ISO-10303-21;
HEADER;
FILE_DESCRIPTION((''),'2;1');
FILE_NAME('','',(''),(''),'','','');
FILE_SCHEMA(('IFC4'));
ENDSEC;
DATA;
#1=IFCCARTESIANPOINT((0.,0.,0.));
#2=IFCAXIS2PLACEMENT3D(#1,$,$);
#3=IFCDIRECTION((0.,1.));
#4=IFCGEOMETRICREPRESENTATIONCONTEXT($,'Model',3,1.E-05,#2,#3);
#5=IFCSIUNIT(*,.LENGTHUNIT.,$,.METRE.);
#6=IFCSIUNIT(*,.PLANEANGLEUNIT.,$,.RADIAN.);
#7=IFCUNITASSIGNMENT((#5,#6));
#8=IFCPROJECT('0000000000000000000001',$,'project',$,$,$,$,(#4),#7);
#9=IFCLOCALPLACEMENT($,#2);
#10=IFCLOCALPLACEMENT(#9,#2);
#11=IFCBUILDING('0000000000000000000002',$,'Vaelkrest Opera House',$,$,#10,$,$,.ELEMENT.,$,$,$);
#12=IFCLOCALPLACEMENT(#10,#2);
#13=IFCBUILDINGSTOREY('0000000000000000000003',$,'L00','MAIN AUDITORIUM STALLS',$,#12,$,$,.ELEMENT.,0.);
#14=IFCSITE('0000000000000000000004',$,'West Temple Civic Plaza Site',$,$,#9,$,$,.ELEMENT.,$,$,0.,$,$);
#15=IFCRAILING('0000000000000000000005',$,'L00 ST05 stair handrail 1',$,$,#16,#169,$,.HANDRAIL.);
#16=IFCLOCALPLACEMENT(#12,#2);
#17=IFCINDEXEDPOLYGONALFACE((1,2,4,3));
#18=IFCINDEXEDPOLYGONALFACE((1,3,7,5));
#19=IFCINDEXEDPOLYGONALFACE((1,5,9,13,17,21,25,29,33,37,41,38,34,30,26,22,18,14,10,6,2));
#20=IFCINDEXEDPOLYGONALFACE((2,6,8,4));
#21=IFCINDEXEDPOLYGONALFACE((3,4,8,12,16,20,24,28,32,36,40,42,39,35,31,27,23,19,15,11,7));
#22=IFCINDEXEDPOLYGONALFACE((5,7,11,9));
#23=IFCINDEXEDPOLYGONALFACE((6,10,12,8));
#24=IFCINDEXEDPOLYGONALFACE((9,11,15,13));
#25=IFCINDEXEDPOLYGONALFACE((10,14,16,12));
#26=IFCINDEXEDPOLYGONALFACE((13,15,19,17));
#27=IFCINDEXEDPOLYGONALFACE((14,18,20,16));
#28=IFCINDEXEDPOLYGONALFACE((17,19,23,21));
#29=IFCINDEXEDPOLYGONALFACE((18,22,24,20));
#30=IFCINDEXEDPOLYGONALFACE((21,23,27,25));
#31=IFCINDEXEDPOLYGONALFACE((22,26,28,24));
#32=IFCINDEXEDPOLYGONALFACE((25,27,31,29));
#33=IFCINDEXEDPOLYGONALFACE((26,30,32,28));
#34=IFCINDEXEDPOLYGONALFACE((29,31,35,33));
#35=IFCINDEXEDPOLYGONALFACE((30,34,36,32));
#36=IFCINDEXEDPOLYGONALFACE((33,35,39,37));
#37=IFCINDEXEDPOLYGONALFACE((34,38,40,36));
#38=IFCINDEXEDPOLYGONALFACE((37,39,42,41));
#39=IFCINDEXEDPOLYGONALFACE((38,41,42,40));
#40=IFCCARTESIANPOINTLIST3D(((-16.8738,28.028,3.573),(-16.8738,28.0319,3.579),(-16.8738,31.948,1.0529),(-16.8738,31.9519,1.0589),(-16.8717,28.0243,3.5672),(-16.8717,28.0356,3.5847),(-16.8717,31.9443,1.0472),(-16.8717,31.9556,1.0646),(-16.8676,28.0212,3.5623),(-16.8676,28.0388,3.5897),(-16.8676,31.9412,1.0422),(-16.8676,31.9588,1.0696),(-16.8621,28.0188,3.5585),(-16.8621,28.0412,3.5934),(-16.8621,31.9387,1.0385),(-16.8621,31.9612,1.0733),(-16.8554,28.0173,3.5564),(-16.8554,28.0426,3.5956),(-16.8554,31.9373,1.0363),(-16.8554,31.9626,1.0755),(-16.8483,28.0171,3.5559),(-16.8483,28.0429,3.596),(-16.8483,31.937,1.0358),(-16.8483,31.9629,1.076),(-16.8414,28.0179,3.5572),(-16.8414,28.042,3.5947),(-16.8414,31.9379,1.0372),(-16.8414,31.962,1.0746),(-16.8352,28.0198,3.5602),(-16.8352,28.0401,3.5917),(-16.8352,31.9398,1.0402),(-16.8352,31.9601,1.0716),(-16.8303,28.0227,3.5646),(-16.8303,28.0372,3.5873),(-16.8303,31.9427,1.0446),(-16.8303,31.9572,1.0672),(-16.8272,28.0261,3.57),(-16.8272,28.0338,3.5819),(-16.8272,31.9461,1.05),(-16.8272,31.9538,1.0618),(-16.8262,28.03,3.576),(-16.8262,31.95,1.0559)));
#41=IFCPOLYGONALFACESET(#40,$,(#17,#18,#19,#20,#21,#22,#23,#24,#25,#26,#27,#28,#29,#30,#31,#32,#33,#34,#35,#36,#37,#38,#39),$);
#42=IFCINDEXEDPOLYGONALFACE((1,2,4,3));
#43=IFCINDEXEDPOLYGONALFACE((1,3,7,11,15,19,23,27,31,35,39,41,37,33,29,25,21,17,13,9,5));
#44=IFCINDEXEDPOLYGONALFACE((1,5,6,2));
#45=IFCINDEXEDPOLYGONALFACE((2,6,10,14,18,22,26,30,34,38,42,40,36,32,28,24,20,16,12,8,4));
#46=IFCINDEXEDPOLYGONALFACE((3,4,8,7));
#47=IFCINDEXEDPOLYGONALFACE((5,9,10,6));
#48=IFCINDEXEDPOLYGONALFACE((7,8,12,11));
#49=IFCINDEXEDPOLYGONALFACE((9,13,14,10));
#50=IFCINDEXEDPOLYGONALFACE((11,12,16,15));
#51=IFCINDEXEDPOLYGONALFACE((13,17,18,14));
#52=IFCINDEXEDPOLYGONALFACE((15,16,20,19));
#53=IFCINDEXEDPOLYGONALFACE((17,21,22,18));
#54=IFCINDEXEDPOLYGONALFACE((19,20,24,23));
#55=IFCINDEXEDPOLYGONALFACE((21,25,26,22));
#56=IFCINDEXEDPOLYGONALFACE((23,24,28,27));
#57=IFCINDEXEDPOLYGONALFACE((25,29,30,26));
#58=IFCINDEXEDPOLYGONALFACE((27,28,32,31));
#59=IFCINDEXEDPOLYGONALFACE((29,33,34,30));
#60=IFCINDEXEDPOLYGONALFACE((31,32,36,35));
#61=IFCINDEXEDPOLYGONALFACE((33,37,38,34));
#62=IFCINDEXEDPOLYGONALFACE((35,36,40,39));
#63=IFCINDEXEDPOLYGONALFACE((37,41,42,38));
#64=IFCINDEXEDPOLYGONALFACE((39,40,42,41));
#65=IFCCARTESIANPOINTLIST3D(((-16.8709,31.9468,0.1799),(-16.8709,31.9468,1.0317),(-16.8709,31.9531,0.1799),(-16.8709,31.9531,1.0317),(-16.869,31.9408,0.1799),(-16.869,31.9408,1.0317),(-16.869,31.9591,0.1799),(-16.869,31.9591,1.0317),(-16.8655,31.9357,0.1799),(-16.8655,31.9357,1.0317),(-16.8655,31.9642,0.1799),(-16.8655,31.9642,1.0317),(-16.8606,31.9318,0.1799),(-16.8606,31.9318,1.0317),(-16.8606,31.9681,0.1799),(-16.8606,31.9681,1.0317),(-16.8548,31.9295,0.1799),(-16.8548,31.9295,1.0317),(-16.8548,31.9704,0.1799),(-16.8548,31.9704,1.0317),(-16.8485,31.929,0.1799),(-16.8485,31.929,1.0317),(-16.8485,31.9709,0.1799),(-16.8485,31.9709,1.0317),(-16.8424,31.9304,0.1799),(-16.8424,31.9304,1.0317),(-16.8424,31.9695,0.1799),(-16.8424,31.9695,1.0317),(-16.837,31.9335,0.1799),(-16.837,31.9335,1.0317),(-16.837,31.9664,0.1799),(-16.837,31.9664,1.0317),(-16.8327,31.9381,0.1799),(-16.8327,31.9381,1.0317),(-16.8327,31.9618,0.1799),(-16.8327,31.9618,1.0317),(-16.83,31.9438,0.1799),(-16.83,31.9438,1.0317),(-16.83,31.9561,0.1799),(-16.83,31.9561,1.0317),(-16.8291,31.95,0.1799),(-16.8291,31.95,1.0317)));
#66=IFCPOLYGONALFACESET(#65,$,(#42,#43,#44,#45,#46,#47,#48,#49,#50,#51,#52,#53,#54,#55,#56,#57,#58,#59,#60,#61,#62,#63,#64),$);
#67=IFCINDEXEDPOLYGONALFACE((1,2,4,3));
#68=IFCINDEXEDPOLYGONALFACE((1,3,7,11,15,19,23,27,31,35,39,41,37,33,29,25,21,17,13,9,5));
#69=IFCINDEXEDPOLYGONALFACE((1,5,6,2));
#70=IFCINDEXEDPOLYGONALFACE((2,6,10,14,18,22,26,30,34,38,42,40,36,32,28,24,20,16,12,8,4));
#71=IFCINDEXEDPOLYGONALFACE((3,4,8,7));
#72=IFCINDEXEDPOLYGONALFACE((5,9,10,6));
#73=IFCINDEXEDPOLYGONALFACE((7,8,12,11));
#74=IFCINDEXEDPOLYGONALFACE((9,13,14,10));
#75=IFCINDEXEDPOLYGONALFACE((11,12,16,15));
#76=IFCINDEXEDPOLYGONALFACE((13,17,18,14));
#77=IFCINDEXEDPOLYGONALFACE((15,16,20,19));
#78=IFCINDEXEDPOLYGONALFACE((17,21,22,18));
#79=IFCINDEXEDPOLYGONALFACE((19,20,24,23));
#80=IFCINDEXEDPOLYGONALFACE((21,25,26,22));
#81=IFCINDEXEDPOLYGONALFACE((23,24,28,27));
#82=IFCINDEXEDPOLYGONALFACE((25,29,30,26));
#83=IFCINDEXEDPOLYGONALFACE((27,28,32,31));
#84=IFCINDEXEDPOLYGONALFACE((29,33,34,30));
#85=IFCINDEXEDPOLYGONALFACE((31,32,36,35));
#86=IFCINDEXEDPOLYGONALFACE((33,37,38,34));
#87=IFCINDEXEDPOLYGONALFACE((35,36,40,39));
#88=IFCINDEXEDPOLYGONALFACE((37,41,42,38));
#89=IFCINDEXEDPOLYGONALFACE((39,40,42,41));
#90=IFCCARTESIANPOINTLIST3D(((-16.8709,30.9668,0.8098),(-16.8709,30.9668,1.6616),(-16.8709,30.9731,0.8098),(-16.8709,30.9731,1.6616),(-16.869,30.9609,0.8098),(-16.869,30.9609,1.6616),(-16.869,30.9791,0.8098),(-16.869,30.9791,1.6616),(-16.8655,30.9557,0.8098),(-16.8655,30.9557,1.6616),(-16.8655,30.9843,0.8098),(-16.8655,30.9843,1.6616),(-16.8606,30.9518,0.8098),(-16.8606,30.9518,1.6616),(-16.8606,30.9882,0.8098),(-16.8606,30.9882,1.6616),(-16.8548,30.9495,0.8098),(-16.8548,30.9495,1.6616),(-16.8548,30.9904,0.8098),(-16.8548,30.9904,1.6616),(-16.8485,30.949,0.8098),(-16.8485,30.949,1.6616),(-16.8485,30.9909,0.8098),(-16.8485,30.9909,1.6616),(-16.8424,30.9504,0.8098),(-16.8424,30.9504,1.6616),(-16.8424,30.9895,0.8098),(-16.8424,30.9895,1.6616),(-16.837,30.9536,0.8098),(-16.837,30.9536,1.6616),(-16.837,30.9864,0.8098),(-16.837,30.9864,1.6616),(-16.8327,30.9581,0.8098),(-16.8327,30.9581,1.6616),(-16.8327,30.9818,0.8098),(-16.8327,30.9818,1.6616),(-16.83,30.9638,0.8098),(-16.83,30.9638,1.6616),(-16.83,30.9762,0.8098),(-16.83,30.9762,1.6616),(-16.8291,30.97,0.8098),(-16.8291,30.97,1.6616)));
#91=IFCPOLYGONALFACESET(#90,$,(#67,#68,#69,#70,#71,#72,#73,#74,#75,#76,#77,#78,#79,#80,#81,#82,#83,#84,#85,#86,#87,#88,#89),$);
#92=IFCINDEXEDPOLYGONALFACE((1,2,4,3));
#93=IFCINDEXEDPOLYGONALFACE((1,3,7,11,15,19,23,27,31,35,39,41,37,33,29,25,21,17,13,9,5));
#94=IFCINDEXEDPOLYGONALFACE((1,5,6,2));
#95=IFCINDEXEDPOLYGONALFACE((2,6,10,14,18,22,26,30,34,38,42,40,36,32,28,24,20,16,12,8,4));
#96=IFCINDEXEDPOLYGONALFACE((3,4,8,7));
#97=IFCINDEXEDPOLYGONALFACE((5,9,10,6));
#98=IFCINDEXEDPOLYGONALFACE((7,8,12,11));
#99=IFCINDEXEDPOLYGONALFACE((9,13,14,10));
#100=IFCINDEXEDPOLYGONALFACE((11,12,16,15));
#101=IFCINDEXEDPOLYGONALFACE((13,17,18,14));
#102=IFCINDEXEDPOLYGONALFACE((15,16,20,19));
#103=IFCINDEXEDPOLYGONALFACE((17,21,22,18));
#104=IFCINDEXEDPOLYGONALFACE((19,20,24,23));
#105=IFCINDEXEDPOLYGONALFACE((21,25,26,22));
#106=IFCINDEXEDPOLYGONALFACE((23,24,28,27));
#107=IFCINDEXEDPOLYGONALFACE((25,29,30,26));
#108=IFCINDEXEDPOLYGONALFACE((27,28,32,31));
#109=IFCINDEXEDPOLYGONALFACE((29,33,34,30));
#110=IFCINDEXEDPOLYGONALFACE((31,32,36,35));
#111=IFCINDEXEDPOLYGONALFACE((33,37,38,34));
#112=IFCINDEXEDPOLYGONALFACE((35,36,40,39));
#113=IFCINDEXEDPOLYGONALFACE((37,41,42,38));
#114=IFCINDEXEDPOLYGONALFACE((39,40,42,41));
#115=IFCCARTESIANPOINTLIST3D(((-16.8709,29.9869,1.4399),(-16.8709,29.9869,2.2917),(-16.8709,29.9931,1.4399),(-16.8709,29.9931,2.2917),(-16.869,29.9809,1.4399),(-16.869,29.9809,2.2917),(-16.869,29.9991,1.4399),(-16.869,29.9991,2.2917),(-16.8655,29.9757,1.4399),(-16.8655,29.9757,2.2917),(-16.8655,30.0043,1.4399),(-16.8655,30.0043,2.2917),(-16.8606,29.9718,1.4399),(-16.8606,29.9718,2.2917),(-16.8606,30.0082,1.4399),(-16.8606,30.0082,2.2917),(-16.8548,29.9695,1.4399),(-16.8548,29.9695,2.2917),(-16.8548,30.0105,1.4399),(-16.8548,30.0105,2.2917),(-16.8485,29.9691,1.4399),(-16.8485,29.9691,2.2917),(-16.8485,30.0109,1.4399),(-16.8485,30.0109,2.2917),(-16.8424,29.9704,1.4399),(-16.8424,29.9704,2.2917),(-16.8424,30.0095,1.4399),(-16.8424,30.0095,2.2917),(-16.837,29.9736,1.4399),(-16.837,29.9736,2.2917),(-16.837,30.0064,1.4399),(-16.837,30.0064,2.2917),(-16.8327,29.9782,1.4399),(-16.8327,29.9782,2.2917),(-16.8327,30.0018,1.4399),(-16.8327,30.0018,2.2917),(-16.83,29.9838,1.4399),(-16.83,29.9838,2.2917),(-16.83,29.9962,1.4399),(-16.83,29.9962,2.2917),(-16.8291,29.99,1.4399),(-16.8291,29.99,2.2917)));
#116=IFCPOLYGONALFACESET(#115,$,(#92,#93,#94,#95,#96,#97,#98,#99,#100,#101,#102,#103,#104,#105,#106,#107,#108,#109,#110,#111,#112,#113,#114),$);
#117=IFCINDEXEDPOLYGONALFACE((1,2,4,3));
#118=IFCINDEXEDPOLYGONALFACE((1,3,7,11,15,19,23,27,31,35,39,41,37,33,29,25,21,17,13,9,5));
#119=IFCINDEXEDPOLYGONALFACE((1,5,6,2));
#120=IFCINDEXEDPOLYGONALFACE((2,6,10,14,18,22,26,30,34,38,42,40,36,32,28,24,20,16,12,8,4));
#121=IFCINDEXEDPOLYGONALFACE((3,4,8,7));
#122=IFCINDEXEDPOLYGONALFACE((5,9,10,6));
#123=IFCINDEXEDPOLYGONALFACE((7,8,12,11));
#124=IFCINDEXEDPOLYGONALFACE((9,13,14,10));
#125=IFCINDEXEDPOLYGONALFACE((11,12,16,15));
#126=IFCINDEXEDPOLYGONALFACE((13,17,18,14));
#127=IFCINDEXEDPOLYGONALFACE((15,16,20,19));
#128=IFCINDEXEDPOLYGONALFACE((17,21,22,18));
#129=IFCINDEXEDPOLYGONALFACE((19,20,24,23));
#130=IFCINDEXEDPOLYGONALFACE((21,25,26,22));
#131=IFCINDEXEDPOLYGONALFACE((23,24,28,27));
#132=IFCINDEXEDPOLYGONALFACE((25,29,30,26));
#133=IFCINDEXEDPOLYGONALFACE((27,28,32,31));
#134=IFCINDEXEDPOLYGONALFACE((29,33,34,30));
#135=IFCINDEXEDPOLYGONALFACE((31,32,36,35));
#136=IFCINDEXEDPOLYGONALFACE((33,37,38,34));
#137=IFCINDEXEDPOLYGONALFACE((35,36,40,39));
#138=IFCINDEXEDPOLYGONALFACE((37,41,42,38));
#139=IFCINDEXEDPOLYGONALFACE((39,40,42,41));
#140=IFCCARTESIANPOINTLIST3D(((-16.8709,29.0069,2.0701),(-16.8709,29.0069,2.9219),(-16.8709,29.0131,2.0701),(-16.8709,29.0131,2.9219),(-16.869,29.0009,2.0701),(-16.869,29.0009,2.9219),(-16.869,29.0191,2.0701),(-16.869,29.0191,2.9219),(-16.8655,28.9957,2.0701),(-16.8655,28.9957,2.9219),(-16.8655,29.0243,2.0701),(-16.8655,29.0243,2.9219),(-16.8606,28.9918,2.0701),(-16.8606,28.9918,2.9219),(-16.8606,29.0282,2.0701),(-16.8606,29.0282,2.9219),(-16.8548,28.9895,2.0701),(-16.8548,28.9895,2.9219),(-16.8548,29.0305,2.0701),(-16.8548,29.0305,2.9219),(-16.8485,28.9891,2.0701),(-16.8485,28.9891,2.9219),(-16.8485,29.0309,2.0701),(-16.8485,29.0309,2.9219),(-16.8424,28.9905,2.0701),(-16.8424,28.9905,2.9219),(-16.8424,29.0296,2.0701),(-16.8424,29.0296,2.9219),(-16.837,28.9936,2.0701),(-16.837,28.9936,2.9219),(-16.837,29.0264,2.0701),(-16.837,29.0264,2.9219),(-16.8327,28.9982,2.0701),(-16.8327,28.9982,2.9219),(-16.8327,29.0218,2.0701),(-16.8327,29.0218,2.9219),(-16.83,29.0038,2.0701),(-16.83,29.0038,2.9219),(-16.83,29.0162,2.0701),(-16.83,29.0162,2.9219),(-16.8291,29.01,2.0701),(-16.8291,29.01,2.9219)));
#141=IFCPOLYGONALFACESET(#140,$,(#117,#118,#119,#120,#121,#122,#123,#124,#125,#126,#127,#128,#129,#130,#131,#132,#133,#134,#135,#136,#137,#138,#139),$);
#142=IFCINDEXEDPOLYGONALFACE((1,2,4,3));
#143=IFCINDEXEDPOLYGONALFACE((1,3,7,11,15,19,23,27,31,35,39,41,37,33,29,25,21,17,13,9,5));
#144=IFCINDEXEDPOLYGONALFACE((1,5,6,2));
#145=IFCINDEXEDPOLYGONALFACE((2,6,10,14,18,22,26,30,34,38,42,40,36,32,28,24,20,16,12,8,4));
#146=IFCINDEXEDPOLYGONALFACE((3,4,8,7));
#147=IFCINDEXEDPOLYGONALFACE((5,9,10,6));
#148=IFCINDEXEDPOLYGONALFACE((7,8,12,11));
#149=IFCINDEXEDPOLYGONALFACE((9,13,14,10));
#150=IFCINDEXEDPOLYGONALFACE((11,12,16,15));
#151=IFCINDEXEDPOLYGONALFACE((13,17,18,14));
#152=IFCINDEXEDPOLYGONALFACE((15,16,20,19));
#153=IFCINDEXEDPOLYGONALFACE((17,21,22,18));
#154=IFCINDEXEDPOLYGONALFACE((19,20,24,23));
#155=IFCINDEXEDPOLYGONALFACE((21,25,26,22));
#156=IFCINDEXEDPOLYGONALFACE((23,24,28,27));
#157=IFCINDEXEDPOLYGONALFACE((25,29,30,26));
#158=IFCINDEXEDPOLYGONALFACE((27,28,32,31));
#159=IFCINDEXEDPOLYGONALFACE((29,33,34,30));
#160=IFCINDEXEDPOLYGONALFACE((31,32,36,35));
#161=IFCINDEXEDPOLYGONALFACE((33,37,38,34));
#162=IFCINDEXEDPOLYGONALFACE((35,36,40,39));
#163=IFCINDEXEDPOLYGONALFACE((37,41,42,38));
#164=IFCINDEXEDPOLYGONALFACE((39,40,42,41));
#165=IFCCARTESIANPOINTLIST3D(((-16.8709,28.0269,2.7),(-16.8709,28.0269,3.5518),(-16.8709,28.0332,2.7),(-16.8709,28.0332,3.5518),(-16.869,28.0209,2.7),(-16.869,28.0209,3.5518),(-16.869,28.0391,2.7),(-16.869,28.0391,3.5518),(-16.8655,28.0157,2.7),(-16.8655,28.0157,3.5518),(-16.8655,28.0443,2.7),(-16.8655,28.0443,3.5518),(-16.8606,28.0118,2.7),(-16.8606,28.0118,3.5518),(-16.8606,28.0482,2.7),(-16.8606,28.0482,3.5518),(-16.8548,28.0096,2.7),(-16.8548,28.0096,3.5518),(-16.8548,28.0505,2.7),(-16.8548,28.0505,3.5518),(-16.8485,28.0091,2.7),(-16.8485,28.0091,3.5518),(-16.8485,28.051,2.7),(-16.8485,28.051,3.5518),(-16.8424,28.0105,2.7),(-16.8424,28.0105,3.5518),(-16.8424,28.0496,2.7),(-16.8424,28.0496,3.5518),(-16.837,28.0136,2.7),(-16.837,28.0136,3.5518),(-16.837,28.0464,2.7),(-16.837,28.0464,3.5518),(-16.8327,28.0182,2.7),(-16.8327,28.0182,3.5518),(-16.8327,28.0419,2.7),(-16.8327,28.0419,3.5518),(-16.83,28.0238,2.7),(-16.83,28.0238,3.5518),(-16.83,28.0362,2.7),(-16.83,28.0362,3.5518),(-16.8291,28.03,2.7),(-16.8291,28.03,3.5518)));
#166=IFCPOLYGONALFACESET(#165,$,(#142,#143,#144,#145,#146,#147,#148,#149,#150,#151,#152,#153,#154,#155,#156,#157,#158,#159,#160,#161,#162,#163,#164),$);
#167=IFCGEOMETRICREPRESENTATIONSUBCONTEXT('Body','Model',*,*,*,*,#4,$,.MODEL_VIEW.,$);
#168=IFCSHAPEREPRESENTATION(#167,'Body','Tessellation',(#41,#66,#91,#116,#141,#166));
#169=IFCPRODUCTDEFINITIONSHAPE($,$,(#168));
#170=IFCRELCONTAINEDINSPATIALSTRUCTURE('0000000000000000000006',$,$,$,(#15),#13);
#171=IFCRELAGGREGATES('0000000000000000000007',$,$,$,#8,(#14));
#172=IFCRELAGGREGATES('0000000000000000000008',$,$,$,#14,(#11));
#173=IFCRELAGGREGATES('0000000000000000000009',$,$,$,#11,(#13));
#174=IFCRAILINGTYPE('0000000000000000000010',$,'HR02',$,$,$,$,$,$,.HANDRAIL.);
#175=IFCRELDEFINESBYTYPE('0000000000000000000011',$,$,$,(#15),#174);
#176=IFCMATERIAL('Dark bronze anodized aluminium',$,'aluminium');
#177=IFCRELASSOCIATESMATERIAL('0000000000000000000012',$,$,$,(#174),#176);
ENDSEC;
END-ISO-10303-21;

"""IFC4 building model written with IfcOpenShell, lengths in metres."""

from ifc_helpers import new_model, si_unit, direction, frame, origin, origin_2d, place, context, subcontext, project, spatial, circle, extrude, material, type_object, element, save


model = new_model("IFC4")

# Units and contexts
model_context = context("Model", 3, precision=1e-05, world=origin(), true_north=direction((0.0, 1.0)))
body_context = subcontext(model_context, "Body", "Model", "MODEL_VIEW")
ifc_project = project(units=[si_unit("LENGTHUNIT", "METRE"), si_unit("PLANEANGLEUNIT", "RADIAN")], contexts=[model_context])

# Site, building, storey
site_placement = place(None, origin())
site = spatial("IfcSite", under=ifc_project, at=site_placement, Name="West Temple Civic Plaza Site", CompositionType="ELEMENT", RefElevation=0.0)
building_placement = place(site_placement, origin())
building = spatial("IfcBuilding", under=site, at=building_placement, Name="Vaelkrest Opera House", CompositionType="ELEMENT")
storey_placement = place(building_placement, origin())
storey = spatial("IfcBuildingStorey", under=building, at=storey_placement, Name="L00", Description="MAIN AUDITORIUM STALLS", CompositionType="ELEMENT", Elevation=0.0)

# Railing
ifc_material_1 = material(Name="Dark bronze anodized aluminium", Category="aluminium")
railing_type_1 = type_object("IfcRailingType", Name="HR02", PredefinedType="HANDRAIL", material=ifc_material_1)
railing_1_placement = place(storey_placement, frame((-16.8501, 31.95, 0.1799)))
element("IfcRailing", 1, at=railing_1_placement, inside=storey, type_object=railing_type_1, Name="L00 ST05 stair handrail 1", PredefinedType="HANDRAIL", context=body_context, shape_type="SweptSolid", body=[
    extrude(circle(Radius=0.0239, at=origin_2d()), frame((0.0, 0.0, 0.876), z_axis=(0.0, -0.841172, 0.540768), x_axis=(1.0, 0.0, 0.0)), (0.0, 0.0, 1.0), 4.6602),
    extrude(circle(Radius=0.021, at=origin_2d()), origin(), (0.0, 0.0, 1.0), 0.8518),
    extrude(circle(Radius=0.021, at=origin_2d()), frame((0.0, -0.98, 0.6299)), (0.0, 0.0, 1.0), 0.8518),
    extrude(circle(Radius=0.021, at=origin_2d()), frame((0.0, -1.96, 1.26)), (0.0, 0.0, 1.0), 0.8518),
    extrude(circle(Radius=0.021, at=origin_2d()), frame((0.0, -2.9399, 1.8901)), (0.0, 0.0, 1.0), 0.8518),
    extrude(circle(Radius=0.021, at=origin_2d()), frame((0.0, -3.9199, 2.52)), (0.0, 0.0, 1.0), 0.8518),
])

save(model, "model.ifc")
